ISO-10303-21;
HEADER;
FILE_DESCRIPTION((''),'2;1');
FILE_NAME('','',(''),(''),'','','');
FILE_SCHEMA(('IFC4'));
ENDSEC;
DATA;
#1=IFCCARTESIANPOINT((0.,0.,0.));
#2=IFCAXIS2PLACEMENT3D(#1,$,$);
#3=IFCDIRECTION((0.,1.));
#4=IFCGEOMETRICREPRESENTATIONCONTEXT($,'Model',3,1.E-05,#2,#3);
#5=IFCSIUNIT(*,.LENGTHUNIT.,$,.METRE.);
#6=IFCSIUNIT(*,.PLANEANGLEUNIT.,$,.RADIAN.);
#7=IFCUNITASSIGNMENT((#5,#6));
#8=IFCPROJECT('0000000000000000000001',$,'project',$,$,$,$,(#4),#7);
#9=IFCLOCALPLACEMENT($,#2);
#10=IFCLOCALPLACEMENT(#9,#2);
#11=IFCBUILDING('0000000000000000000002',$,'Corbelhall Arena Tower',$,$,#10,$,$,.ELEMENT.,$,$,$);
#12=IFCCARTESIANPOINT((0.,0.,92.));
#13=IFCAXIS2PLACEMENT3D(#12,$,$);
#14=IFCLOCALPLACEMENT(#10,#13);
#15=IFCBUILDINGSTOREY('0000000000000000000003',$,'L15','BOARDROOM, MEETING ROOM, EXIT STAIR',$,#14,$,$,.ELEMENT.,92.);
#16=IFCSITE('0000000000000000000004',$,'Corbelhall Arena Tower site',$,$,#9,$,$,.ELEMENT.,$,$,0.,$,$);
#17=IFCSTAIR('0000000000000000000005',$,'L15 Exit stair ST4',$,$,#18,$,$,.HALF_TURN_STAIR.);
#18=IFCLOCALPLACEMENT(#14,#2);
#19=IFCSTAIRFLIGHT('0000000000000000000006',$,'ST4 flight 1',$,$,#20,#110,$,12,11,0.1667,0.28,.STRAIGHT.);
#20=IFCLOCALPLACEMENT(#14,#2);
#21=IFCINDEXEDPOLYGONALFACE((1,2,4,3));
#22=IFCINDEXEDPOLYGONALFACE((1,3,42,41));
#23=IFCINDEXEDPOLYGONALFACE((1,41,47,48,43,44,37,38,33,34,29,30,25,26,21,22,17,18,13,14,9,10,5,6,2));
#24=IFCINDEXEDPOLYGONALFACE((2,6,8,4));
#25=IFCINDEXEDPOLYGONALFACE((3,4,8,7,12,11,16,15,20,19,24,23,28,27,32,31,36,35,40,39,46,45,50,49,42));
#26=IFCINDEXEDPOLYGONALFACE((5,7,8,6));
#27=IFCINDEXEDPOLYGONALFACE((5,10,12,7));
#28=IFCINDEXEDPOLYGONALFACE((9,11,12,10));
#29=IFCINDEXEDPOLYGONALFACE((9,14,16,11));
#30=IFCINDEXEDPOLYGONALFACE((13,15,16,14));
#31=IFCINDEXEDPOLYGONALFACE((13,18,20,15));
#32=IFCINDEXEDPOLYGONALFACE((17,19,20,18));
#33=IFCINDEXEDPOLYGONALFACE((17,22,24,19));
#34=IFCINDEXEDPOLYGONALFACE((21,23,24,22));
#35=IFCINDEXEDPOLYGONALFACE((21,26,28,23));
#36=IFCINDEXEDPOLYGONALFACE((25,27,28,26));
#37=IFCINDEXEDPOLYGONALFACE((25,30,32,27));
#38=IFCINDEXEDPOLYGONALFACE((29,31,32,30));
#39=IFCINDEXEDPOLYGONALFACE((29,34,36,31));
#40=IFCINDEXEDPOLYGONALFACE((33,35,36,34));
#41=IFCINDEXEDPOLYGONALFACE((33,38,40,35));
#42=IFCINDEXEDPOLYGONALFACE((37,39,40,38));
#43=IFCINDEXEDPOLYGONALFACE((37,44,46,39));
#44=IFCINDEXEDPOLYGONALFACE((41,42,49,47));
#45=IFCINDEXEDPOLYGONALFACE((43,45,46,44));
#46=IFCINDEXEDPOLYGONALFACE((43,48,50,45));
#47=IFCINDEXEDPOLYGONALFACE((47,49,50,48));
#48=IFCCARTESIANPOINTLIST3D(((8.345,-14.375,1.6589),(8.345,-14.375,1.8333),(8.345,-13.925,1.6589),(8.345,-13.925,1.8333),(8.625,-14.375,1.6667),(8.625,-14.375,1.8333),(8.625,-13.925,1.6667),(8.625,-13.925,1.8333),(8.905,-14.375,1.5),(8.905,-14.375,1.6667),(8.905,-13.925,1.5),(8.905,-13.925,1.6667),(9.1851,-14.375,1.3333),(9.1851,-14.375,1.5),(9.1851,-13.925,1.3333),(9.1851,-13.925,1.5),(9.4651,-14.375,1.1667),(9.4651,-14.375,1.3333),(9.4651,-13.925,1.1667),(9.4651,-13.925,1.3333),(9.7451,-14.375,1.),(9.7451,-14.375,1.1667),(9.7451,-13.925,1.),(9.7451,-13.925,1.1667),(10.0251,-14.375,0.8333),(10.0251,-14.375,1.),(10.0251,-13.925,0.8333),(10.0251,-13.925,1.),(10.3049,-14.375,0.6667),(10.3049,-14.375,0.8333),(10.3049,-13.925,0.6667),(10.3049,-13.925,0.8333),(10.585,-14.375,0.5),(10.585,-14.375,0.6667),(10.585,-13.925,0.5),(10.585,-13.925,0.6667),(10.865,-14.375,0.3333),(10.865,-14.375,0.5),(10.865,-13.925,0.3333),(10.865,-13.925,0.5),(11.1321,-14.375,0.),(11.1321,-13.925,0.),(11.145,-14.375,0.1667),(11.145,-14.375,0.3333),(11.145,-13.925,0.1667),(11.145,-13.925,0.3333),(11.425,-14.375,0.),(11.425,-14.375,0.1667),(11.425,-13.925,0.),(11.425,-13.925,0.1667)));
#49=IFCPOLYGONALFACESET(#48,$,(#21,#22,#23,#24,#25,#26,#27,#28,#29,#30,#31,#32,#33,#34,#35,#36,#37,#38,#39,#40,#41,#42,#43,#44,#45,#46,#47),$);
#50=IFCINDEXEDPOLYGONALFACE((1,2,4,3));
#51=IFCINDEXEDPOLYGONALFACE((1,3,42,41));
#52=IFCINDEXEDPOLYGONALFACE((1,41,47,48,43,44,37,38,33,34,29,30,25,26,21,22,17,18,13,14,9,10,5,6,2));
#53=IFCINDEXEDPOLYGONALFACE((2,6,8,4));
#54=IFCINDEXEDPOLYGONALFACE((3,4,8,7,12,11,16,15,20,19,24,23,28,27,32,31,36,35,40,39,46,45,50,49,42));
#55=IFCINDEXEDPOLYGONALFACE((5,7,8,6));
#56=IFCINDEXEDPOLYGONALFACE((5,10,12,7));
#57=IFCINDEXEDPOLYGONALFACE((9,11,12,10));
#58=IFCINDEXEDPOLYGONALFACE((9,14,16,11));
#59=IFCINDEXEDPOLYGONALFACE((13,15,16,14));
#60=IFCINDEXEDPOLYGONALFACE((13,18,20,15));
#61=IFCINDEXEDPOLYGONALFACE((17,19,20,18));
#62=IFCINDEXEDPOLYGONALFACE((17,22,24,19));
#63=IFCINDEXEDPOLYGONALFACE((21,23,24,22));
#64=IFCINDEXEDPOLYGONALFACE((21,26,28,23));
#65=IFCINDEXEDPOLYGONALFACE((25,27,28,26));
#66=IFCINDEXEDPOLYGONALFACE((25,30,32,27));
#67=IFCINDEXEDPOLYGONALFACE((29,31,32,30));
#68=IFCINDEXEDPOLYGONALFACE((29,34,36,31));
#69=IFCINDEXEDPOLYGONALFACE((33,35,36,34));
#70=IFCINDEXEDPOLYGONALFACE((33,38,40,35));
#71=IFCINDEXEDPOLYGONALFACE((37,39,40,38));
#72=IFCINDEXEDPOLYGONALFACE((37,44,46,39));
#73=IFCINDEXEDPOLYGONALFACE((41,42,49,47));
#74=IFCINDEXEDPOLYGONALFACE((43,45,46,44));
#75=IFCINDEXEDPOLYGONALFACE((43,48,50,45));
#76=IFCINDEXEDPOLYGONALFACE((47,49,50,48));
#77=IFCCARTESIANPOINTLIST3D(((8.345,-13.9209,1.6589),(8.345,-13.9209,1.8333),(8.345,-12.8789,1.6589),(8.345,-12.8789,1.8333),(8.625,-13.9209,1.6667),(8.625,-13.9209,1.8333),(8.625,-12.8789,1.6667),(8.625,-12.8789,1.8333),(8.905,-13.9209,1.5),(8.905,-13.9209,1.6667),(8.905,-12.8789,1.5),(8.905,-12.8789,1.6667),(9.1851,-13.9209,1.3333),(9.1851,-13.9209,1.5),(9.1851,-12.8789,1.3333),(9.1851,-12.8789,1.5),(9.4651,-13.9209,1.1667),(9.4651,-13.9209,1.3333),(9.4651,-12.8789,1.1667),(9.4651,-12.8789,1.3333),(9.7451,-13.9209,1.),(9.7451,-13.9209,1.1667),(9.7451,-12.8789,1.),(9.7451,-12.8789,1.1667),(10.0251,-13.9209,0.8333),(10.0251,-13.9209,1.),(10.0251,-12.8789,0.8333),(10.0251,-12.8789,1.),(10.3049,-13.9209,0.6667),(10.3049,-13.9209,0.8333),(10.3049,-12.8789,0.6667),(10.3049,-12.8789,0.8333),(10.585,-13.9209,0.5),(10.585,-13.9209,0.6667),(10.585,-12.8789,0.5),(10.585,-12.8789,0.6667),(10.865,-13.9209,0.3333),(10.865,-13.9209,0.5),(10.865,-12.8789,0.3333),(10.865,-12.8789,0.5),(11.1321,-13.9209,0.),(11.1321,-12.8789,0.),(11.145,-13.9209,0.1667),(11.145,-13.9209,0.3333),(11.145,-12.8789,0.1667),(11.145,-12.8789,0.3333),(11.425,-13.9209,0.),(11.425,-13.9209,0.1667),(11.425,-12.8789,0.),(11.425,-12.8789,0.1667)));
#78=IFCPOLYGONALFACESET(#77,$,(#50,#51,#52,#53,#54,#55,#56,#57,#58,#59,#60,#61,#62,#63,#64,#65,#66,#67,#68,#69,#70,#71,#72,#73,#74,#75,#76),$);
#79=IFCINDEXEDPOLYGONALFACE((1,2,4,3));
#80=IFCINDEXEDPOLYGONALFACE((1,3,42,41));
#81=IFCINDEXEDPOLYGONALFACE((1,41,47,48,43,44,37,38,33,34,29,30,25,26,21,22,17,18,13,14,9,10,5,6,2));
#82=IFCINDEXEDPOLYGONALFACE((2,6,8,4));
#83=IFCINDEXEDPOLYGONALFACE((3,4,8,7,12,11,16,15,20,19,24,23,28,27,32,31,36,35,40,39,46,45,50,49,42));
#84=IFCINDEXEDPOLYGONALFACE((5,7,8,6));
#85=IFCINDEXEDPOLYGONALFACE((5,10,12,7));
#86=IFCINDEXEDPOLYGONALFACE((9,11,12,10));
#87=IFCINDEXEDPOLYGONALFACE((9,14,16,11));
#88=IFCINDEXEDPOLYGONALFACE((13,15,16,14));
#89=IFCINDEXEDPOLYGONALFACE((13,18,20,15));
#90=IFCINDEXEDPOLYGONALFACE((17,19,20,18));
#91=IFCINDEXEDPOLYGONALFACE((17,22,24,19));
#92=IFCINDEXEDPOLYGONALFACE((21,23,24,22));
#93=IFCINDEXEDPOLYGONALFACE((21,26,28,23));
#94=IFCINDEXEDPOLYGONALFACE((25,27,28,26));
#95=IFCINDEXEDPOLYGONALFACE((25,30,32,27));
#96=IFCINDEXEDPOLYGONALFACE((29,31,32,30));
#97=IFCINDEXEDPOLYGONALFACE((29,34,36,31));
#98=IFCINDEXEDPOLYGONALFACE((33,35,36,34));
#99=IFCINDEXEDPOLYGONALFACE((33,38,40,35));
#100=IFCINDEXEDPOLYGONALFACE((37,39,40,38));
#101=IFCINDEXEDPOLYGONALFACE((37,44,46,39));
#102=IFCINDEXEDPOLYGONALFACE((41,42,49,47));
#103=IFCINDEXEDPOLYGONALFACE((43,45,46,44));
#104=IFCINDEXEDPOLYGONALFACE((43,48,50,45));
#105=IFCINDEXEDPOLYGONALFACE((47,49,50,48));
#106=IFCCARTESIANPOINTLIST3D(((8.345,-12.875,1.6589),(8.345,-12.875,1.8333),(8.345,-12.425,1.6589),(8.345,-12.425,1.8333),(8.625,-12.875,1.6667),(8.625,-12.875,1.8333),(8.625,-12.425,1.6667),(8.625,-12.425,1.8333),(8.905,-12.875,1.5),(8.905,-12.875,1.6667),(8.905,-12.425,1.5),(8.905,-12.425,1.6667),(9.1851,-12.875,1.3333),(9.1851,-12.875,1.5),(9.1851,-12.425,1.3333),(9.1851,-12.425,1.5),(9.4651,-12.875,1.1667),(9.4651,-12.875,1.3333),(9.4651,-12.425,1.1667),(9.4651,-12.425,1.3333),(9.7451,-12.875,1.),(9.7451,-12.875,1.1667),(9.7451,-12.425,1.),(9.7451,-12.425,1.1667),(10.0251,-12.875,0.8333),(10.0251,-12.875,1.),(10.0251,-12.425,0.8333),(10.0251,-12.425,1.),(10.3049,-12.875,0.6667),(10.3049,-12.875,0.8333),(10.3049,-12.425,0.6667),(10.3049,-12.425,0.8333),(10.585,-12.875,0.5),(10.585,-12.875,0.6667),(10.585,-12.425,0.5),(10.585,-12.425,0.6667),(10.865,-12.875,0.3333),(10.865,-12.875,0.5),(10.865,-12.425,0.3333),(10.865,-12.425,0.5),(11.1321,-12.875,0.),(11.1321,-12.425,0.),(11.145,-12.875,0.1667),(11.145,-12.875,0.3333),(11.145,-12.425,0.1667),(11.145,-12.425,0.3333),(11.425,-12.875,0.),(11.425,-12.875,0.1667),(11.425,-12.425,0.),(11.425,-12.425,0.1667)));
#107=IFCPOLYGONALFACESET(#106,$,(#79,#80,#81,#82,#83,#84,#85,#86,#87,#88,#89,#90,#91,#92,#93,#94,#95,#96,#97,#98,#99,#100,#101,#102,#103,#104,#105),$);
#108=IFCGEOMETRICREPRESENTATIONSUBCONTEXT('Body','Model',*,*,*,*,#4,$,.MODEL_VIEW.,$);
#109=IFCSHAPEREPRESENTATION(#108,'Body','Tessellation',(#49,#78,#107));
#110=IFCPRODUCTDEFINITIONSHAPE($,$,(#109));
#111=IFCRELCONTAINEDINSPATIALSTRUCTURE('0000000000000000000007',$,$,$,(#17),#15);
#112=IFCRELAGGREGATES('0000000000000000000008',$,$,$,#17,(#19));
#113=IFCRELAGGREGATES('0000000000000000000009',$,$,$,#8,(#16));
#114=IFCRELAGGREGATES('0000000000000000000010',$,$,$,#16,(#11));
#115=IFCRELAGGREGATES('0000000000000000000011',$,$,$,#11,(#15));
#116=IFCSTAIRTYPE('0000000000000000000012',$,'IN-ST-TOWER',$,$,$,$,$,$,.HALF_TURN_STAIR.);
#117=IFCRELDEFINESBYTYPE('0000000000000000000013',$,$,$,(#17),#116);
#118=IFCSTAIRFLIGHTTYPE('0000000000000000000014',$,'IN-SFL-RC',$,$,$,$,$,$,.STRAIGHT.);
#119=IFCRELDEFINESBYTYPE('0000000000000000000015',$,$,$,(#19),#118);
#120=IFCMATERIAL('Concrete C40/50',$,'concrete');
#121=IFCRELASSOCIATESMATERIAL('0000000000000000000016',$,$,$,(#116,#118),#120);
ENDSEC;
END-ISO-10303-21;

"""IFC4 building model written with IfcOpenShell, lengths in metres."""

from ifc_helpers import new_model, si_unit, direction, frame, origin, place, context, subcontext, project, spatial, polyline, outline, extrude, material, type_object, element, aggregate, save


model = new_model("IFC4")

# Units and contexts
model_context = context("Model", 3, precision=1e-05, world=origin(), true_north=direction((0.0, 1.0)))
body_context = subcontext(model_context, "Body", "Model", "MODEL_VIEW")
ifc_project = project(units=[si_unit("LENGTHUNIT", "METRE"), si_unit("PLANEANGLEUNIT", "RADIAN")], contexts=[model_context])

# Site, building, storey
site_placement = place(None, origin())
site = spatial("IfcSite", under=ifc_project, at=site_placement, Name="Corbelhall Arena Tower site", CompositionType="ELEMENT", RefElevation=0.0)
building_placement = place(site_placement, origin())
building = spatial("IfcBuilding", under=site, at=building_placement, Name="Corbelhall Arena Tower", CompositionType="ELEMENT")
storey_placement = place(building_placement, frame((0.0, 0.0, 92.0)))
storey = spatial("IfcBuildingStorey", under=building, at=storey_placement, Name="L15", Description="BOARDROOM, MEETING ROOM, EXIT STAIR", CompositionType="ELEMENT", Elevation=92.0)

# Shared definitions
ifc_material_1 = material(Name="Concrete C40/50", Category="concrete")

# Stair, stair flight
stair_type = type_object("IfcStairType", Name="IN-ST-TOWER", PredefinedType="HALF_TURN_STAIR", material=ifc_material_1)
stair_placement = place(storey_placement, origin())
stair = element("IfcStair", 1, at=stair_placement, inside=storey, type_object=stair_type, Name="L15 Exit stair ST4", PredefinedType="HALF_TURN_STAIR")
stair_flight_type = type_object("IfcStairFlightType", Name="IN-SFL-RC", PredefinedType="STRAIGHT", material=ifc_material_1)
stair_flight_placement = place(storey_placement, frame((11.425, -13.3999, 0.0), z_axis=(0.0, 0.0, 1.0), x_axis=(-1.0, 0.0, 0.0)))
stair_flight = element("IfcStairFlight", 2, at=stair_flight_placement, type_object=stair_flight_type, Name="ST4 flight 1", NumberOfRisers=12, NumberOfTreads=11, PredefinedType="STRAIGHT", RiserHeight=0.1667, TreadLength=0.28, context=body_context, shape_type="SweptSolid", body=[
    extrude(outline(polyline([(0.0, 0.0), (0.0, 0.1667), (0.28, 0.1667), (0.28, 0.3333), (0.5601, 0.3333), (0.5601, 0.5), (0.8401, 0.5), (0.8401, 0.6667), (1.1201, 0.6667), (1.1201, 0.8333), (1.3999, 0.8333), (1.3999, 1.0), (1.6799, 1.0), (1.6799, 1.1667), (1.96, 1.1667), (1.96, 1.3333), (2.24, 1.3333), (2.24, 1.5), (2.52, 1.5), (2.52, 1.6667), (2.8, 1.6667), (2.8, 1.8333), (3.0801, 1.8333), (3.0801, 2.0), (3.0801, 1.6589), (0.293, 0.0), (0.0, 0.0)])), frame((0.0, 0.9751, 0.0), z_axis=(0.0, -1.0, 0.0), x_axis=(1.0, 0.0, 0.0)), (0.0, 0.0, 1.0), 0.45),
    extrude(outline(polyline([(0.0, 0.0), (0.0, 0.1667), (0.28, 0.1667), (0.28, 0.3333), (0.5601, 0.3333), (0.5601, 0.5), (0.8401, 0.5), (0.8401, 0.6667), (1.1201, 0.6667), (1.1201, 0.8333), (1.3999, 0.8333), (1.3999, 1.0), (1.6799, 1.0), (1.6799, 1.1667), (1.96, 1.1667), (1.96, 1.3333), (2.24, 1.3333), (2.24, 1.5), (2.52, 1.5), (2.52, 1.6667), (2.8, 1.6667), (2.8, 1.8333), (3.0801, 1.8333), (3.0801, 2.0), (3.0801, 1.6589), (0.293, 0.0), (0.0, 0.0)])), frame((0.0, 0.521, 0.0), z_axis=(0.0, -1.0, 0.0), x_axis=(1.0, 0.0, 0.0)), (0.0, 0.0, 1.0), 1.042),
    extrude(outline(polyline([(0.0, 0.0), (0.0, 0.1667), (0.28, 0.1667), (0.28, 0.3333), (0.5601, 0.3333), (0.5601, 0.5), (0.8401, 0.5), (0.8401, 0.6667), (1.1201, 0.6667), (1.1201, 0.8333), (1.3999, 0.8333), (1.3999, 1.0), (1.6799, 1.0), (1.6799, 1.1667), (1.96, 1.1667), (1.96, 1.3333), (2.24, 1.3333), (2.24, 1.5), (2.52, 1.5), (2.52, 1.6667), (2.8, 1.6667), (2.8, 1.8333), (3.0801, 1.8333), (3.0801, 2.0), (3.0801, 1.6589), (0.293, 0.0), (0.0, 0.0)])), frame((0.0, -0.5249, 0.0), z_axis=(0.0, -1.0, 0.0), x_axis=(1.0, 0.0, 0.0)), (0.0, 0.0, 1.0), 0.45),
])
aggregate(stair, [stair_flight])

save(model, "model.ifc")
